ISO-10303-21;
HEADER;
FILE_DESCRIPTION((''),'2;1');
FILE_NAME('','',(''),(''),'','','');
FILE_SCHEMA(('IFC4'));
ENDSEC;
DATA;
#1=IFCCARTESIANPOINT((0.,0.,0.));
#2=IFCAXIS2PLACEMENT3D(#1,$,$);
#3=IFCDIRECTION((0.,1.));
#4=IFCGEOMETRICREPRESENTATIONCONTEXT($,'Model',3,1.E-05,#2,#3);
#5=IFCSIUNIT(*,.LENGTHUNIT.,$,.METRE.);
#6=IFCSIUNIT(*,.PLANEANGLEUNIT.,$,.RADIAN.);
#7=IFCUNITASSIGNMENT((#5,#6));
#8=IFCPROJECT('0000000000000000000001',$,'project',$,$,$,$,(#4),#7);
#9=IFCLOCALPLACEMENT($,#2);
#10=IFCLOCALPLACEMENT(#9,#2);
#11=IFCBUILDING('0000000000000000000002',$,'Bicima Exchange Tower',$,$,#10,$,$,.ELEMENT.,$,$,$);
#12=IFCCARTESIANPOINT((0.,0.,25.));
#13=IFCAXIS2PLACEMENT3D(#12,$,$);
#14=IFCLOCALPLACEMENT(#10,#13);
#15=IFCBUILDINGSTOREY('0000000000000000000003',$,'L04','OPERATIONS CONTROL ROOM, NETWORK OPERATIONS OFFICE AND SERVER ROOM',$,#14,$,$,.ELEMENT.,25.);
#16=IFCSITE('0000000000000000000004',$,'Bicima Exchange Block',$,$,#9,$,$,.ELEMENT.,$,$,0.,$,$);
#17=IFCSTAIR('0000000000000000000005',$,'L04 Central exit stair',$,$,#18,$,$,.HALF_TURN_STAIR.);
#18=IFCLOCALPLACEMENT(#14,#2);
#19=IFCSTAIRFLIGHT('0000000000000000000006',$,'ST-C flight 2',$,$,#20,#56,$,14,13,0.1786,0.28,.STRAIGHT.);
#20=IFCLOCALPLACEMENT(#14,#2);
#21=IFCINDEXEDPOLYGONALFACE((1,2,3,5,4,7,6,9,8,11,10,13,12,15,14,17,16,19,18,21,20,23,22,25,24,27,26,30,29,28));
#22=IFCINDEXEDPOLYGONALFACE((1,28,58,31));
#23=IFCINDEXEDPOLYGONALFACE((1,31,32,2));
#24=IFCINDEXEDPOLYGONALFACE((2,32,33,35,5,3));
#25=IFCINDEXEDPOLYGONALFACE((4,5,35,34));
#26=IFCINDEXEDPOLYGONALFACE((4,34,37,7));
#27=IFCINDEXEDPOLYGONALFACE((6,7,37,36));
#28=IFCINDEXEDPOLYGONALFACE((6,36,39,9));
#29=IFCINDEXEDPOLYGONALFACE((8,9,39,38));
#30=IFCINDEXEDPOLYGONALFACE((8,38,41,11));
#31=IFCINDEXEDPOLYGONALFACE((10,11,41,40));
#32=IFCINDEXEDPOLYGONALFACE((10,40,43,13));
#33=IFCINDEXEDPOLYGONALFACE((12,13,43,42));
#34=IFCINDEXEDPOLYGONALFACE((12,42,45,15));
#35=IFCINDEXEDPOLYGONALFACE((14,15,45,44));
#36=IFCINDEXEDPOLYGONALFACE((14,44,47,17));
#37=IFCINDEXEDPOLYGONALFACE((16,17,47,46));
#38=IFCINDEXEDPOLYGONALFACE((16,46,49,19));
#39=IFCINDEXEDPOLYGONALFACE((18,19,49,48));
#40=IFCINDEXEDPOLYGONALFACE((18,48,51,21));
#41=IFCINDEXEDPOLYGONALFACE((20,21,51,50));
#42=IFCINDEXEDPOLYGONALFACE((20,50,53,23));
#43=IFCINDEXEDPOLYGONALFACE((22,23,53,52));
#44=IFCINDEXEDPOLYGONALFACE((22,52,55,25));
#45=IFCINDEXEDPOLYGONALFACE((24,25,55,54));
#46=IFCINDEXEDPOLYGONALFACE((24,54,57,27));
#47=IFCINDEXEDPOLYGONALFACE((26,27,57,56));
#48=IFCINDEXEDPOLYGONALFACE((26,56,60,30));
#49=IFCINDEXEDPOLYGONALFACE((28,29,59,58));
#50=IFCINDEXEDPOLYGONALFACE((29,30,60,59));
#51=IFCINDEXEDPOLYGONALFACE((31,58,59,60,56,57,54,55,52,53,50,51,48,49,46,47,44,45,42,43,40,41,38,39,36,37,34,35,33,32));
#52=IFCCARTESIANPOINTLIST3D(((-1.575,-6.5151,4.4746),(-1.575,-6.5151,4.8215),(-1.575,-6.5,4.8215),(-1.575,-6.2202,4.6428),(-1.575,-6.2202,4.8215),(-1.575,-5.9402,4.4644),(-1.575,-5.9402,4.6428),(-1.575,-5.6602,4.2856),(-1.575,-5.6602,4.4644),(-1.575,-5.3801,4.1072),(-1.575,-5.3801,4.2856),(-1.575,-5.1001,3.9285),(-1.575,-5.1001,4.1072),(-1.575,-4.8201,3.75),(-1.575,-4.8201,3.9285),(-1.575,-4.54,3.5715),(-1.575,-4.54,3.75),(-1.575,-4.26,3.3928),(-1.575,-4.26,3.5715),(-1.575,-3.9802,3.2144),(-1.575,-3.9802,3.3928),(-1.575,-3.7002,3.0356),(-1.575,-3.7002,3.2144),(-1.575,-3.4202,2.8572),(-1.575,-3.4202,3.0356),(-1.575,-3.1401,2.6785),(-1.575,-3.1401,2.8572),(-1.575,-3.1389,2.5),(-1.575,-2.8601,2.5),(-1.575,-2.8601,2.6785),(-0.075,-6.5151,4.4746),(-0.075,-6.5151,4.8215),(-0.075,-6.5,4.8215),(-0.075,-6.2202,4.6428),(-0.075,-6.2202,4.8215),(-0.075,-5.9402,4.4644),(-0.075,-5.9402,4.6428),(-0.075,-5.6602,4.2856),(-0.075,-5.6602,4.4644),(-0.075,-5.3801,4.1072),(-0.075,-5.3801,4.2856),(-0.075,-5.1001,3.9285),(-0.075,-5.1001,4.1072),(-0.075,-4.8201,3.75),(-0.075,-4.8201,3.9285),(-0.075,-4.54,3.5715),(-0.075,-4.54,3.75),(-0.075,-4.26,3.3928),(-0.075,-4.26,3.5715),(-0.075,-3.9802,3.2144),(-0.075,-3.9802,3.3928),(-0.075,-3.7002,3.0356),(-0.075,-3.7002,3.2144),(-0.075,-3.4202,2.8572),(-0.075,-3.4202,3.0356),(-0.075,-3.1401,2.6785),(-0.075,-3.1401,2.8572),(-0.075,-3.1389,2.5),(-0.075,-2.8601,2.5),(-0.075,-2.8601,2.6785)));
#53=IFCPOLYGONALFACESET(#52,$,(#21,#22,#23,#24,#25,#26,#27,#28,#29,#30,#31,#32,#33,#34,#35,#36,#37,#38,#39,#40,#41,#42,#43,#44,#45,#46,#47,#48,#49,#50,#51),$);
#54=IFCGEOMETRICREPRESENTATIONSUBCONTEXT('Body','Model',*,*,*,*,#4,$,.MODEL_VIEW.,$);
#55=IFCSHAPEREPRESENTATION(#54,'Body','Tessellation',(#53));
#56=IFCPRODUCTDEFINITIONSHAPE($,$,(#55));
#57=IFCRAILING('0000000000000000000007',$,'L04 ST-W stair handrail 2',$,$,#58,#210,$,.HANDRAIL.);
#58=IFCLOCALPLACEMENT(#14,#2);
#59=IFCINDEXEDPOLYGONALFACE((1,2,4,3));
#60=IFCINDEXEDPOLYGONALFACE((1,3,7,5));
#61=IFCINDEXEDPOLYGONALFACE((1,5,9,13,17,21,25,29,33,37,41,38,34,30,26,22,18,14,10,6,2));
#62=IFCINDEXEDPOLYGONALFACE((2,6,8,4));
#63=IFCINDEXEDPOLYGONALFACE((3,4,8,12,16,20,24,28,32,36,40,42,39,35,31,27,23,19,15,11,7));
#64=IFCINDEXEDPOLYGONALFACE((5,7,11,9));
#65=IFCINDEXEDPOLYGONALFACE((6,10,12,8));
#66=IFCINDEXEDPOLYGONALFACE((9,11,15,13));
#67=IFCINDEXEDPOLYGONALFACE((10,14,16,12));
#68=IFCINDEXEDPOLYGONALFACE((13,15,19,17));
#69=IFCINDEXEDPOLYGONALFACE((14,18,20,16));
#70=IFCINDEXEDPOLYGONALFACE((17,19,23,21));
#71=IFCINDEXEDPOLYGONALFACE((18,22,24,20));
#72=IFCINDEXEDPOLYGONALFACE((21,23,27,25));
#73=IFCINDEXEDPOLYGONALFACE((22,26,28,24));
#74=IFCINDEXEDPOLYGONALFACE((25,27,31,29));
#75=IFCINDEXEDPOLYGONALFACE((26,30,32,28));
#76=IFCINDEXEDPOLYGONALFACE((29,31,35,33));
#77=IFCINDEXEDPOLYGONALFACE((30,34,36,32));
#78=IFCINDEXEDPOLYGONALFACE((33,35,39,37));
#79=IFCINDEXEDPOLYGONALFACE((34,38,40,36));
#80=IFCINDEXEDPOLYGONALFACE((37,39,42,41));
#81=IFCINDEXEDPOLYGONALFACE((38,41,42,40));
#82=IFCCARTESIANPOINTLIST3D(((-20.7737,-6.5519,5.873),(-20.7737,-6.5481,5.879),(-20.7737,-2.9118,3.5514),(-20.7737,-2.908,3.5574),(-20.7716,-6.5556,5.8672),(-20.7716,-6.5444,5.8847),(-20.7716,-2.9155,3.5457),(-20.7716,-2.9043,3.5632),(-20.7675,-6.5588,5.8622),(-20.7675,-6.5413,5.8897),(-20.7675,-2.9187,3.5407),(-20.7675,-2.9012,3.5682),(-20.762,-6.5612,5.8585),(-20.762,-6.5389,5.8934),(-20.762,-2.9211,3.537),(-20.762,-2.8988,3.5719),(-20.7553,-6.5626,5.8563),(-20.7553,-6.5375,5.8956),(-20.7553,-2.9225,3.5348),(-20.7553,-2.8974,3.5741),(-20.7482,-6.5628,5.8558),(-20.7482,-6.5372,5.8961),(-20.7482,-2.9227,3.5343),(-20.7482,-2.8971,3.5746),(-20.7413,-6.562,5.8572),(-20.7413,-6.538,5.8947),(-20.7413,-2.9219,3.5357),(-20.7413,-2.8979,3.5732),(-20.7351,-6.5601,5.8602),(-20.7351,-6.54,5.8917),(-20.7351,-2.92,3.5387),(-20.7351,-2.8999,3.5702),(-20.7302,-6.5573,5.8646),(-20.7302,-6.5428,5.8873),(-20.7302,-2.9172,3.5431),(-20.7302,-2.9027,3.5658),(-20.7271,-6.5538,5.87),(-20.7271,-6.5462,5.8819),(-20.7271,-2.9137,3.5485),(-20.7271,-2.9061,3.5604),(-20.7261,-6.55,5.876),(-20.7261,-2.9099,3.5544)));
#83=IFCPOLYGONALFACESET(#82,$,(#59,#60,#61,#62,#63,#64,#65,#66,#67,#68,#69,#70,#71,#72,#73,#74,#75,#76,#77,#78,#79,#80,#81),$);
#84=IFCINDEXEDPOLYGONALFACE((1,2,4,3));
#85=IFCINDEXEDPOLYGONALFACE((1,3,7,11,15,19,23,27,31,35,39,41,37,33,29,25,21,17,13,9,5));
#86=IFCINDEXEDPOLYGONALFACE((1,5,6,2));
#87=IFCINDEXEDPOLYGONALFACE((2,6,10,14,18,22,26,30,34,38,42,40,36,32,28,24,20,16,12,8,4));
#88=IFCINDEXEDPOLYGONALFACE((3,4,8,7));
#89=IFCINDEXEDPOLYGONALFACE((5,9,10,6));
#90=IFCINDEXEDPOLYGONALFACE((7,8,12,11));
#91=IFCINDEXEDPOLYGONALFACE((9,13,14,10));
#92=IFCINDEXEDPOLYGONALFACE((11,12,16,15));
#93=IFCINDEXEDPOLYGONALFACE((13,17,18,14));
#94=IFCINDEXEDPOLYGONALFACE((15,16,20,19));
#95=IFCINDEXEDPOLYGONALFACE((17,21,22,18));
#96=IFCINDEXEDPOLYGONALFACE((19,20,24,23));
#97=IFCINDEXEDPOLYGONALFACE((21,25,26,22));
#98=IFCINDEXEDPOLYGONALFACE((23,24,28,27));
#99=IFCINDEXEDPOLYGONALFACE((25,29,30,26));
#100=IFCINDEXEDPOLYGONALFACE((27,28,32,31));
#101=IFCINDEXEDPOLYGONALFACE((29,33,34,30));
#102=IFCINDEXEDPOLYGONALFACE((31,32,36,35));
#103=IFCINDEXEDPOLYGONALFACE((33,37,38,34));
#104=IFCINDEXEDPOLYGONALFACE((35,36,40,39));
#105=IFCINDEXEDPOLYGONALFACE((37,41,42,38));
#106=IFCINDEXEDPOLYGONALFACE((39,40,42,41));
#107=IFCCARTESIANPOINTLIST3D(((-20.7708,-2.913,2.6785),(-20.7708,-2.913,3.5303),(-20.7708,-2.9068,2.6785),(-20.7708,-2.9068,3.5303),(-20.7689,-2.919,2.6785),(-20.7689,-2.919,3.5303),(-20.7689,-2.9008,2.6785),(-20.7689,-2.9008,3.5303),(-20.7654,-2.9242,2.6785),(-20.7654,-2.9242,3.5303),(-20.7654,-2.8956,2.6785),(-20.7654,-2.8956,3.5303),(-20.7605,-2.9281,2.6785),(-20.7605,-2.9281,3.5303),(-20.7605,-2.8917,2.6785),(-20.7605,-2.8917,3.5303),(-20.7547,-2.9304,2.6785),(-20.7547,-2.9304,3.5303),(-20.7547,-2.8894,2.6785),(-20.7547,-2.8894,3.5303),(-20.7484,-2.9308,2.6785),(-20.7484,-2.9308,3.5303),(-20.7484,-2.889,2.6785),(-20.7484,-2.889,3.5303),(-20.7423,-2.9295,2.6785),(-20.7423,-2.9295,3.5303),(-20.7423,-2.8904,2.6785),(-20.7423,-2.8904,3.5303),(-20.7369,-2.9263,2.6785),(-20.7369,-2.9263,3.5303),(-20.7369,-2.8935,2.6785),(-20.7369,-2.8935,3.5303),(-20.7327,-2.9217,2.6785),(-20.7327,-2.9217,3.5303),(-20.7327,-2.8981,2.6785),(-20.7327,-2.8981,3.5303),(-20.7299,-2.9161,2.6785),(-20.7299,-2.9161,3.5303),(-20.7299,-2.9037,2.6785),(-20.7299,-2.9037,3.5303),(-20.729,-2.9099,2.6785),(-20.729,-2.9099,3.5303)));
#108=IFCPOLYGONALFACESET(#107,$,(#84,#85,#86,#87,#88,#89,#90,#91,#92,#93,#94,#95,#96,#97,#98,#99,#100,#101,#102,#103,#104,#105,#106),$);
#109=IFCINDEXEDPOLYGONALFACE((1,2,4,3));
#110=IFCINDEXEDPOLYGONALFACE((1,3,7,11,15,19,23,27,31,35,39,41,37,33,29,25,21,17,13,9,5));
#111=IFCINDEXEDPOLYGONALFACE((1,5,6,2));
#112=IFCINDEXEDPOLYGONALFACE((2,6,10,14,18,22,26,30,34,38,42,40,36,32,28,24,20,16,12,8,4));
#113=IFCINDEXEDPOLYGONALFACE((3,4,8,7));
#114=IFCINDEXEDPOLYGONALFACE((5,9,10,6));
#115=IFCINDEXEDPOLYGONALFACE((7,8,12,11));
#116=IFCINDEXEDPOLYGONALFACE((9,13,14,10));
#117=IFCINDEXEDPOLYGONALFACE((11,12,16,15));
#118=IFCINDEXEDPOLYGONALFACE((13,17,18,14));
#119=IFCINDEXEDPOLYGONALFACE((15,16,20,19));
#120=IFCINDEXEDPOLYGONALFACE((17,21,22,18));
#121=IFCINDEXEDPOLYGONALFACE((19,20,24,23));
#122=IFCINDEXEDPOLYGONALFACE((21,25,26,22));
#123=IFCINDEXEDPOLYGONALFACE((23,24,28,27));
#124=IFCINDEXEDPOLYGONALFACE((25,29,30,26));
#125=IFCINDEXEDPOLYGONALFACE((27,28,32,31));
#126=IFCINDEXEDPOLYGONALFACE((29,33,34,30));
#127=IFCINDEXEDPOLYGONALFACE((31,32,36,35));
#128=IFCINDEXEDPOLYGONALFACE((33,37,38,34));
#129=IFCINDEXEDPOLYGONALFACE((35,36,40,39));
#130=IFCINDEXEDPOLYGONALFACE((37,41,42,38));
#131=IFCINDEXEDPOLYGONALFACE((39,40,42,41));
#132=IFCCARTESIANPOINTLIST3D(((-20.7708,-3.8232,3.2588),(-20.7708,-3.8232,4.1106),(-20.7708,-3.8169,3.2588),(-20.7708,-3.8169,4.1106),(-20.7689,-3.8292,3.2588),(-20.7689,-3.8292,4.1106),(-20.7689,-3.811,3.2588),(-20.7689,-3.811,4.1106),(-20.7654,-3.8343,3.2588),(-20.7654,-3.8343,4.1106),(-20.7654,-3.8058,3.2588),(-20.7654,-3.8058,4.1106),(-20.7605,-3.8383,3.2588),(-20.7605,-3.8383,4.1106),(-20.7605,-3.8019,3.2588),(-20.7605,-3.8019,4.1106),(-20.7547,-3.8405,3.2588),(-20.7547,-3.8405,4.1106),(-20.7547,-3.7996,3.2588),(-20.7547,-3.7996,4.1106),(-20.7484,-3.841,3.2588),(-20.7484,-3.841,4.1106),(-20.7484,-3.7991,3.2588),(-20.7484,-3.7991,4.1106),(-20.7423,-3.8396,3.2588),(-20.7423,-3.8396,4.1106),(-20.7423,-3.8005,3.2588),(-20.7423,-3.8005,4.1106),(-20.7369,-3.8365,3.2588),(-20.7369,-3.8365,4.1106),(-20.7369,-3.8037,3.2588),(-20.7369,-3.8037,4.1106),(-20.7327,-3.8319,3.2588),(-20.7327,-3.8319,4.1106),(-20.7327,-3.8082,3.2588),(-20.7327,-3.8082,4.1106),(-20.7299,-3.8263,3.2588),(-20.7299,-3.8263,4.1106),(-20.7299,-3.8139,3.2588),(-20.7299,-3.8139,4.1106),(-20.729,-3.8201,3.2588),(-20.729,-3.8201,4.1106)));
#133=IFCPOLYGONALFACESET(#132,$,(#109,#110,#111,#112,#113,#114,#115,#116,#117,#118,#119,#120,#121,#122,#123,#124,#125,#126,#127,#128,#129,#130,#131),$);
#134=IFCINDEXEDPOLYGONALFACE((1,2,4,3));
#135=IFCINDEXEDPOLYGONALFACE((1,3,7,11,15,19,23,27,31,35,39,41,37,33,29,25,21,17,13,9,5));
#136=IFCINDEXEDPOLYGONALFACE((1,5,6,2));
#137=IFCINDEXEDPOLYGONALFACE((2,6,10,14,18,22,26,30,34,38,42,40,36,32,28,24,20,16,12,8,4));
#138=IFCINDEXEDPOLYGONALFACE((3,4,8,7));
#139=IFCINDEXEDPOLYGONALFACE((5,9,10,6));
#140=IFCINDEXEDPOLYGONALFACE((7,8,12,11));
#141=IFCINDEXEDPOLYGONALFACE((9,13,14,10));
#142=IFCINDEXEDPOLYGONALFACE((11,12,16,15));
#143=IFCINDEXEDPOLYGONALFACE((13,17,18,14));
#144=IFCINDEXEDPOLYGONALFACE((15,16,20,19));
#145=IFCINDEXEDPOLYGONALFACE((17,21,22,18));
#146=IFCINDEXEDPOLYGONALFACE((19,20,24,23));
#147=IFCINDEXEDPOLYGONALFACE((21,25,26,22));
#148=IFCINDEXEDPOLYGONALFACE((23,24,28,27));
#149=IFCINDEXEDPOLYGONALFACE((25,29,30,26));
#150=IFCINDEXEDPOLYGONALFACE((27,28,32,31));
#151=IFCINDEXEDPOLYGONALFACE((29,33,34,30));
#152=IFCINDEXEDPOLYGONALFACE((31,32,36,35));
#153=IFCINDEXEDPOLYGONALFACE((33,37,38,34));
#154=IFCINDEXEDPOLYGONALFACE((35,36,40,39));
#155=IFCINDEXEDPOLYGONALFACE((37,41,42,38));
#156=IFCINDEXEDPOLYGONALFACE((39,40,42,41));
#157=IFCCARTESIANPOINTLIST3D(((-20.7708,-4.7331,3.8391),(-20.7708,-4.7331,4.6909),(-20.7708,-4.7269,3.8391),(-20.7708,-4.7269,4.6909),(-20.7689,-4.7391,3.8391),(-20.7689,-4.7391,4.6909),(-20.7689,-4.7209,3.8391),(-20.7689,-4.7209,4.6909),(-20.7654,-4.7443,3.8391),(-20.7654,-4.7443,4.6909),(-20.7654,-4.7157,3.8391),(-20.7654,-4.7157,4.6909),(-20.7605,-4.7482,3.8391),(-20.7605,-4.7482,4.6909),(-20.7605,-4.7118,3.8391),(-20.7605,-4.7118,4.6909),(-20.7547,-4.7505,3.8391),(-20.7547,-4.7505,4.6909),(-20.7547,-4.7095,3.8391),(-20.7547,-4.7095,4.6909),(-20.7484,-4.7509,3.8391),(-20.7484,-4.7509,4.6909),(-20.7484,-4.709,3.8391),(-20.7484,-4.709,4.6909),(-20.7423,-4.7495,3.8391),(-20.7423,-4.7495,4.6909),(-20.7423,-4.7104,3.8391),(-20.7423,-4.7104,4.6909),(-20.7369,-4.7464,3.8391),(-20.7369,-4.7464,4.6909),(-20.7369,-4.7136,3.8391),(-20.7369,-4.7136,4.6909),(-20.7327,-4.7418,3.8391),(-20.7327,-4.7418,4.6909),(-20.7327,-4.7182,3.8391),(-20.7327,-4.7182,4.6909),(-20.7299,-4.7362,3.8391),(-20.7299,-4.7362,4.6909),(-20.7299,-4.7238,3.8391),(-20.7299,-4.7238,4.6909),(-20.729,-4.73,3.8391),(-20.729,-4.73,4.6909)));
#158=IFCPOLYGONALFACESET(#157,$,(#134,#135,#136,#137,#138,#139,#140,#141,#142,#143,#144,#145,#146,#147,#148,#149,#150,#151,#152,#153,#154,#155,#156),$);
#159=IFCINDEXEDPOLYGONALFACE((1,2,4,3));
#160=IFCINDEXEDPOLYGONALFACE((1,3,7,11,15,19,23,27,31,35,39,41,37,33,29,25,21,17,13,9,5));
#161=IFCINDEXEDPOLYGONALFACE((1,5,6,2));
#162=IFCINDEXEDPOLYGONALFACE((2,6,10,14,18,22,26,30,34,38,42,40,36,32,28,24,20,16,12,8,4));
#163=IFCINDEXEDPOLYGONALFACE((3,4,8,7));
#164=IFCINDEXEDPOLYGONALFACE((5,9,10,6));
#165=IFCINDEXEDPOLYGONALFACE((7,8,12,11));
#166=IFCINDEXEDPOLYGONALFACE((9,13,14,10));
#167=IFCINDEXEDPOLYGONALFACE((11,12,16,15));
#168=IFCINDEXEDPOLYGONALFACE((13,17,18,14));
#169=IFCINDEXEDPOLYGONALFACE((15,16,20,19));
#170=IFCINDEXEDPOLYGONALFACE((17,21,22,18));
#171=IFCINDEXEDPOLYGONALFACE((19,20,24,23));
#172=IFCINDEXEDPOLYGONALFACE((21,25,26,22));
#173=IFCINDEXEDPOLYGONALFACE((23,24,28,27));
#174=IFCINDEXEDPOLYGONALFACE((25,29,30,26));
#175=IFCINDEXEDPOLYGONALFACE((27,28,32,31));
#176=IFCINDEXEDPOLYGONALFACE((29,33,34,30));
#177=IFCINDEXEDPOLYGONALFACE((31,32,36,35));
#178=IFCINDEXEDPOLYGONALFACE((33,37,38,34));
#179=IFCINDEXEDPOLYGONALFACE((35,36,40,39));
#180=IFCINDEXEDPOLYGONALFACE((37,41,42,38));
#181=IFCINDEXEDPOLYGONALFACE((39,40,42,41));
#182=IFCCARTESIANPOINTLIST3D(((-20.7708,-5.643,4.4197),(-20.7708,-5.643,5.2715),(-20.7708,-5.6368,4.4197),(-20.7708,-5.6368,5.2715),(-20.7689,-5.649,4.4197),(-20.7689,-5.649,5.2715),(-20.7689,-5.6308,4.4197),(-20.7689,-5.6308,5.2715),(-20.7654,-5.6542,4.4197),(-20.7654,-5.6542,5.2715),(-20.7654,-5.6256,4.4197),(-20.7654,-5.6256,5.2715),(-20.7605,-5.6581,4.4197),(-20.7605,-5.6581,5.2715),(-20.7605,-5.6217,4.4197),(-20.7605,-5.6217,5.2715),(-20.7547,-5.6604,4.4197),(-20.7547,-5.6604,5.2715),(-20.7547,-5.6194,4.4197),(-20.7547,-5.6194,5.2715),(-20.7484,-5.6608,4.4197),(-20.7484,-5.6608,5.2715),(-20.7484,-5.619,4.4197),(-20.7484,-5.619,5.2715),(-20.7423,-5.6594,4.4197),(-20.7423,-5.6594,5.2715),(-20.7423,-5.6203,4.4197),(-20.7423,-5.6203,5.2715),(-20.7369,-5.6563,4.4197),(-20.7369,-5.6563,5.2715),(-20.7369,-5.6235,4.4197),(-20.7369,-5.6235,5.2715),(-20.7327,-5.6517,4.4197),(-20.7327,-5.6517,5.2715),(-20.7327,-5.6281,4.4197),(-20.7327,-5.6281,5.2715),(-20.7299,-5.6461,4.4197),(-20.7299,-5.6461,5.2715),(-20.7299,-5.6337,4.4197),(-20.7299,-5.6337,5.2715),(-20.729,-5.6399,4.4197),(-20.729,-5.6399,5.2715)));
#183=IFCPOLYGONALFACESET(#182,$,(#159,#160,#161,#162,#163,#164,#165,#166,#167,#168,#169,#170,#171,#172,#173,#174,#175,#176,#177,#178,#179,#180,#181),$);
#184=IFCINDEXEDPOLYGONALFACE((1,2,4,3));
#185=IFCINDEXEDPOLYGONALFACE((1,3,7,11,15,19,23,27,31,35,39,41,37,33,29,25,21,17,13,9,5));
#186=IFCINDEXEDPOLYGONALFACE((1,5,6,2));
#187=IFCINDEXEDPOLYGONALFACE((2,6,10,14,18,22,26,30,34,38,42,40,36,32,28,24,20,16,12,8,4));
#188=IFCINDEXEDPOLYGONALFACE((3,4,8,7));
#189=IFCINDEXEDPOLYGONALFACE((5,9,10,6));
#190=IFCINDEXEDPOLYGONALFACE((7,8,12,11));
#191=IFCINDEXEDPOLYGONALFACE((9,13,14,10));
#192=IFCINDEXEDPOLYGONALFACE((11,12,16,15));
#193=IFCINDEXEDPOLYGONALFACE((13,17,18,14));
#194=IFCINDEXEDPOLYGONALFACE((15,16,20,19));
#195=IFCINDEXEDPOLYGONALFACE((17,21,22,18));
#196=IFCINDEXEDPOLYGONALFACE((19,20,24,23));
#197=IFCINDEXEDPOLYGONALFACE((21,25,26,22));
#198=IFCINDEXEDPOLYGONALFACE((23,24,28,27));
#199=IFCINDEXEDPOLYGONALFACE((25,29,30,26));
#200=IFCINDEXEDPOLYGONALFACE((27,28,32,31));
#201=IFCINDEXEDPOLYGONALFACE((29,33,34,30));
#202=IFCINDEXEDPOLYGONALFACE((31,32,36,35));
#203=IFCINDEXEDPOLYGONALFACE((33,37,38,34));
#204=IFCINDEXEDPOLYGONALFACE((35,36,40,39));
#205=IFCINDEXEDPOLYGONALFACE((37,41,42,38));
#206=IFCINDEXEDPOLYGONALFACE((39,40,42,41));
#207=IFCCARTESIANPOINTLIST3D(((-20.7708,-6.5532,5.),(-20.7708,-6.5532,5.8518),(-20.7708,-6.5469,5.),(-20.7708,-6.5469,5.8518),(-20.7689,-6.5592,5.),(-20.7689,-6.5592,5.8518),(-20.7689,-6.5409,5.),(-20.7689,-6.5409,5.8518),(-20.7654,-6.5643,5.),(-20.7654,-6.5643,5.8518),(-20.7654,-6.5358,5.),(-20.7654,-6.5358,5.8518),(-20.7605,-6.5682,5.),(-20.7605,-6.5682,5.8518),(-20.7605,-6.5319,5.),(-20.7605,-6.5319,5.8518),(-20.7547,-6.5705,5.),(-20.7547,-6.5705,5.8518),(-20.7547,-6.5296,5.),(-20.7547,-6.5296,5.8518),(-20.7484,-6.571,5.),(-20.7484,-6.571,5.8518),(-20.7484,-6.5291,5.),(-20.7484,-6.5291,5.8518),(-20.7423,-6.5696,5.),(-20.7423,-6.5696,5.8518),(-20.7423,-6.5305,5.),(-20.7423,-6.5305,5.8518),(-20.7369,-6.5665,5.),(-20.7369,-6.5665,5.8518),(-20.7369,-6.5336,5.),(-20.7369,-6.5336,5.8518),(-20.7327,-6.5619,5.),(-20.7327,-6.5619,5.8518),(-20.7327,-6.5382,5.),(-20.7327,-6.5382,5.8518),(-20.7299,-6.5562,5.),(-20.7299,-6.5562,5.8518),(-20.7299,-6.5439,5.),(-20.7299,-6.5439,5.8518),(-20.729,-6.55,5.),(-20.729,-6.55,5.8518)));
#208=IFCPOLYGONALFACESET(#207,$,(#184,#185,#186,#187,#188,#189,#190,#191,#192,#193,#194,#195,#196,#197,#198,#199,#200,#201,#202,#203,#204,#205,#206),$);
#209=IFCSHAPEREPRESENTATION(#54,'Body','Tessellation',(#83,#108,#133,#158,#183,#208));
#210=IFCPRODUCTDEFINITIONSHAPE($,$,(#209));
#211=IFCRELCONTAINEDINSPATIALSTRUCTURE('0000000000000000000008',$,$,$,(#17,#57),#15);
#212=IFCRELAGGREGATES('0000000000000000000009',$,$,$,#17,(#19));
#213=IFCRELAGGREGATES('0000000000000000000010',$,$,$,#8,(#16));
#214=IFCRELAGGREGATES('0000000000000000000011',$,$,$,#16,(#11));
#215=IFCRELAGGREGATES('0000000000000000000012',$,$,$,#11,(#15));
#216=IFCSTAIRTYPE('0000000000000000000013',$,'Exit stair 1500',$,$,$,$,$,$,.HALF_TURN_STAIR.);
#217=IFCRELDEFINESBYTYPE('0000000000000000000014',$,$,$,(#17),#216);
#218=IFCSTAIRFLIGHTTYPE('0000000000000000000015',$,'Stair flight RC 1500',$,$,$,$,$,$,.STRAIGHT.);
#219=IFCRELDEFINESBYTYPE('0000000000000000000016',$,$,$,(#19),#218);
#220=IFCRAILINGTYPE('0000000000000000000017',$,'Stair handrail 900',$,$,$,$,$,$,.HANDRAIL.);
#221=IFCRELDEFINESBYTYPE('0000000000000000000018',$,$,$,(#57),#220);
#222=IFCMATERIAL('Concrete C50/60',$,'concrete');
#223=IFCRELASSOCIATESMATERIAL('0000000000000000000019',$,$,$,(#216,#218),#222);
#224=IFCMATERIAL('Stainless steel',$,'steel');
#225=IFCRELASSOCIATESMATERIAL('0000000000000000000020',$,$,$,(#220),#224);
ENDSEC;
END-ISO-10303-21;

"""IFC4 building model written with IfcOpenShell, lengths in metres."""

from ifc_helpers import new_model, si_unit, direction, frame, origin, origin_2d, place, context, subcontext, project, spatial, polyline, circle, outline, extrude, material, type_object, element, aggregate, save


model = new_model("IFC4")

# Units and contexts
model_context = context("Model", 3, precision=1e-05, world=origin(), true_north=direction((0.0, 1.0)))
body_context = subcontext(model_context, "Body", "Model", "MODEL_VIEW")
ifc_project = project(units=[si_unit("LENGTHUNIT", "METRE"), si_unit("PLANEANGLEUNIT", "RADIAN")], contexts=[model_context])

# Site, building, storey
site_placement = place(None, origin())
site = spatial("IfcSite", under=ifc_project, at=site_placement, Name="Bicima Exchange Block", CompositionType="ELEMENT", RefElevation=0.0)
building_placement = place(site_placement, origin())
building = spatial("IfcBuilding", under=site, at=building_placement, Name="Bicima Exchange Tower", CompositionType="ELEMENT")
storey_placement = place(building_placement, frame((0.0, 0.0, 25.0)))
storey = spatial("IfcBuildingStorey", under=building, at=storey_placement, Name="L04", Description="OPERATIONS CONTROL ROOM, NETWORK OPERATIONS OFFICE AND SERVER ROOM", CompositionType="ELEMENT", Elevation=25.0)

# Stair, stair flight
ifc_material_1 = material(Name="Concrete C50/60", Category="concrete")
stair_type_1 = type_object("IfcStairType", Name="Exit stair 1500", PredefinedType="HALF_TURN_STAIR", material=ifc_material_1)
stair_1_placement = place(storey_placement, origin())
stair_1 = element("IfcStair", 1, at=stair_1_placement, inside=storey, type_object=stair_type_1, Name="L04 Central exit stair", PredefinedType="HALF_TURN_STAIR")
stair_flight_type_1 = type_object("IfcStairFlightType", Name="Stair flight RC 1500", PredefinedType="STRAIGHT", material=ifc_material_1)
stair_flight_1_placement = place(storey_placement, frame((-0.825, -2.8601, 2.5), z_axis=(0.0, 0.0, 1.0), x_axis=(0.0, -1.0, 0.0)))
stair_flight_1 = element("IfcStairFlight", 2, at=stair_flight_1_placement, type_object=stair_flight_type_1, Name="ST-C flight 2", NumberOfRisers=14, NumberOfTreads=13, PredefinedType="STRAIGHT", RiserHeight=0.1786, TreadLength=0.28, context=body_context, shape_type="SweptSolid", body=[
    extrude(outline(polyline([(0.0, 0.0), (0.0, 0.1785), (0.28, 0.1785), (0.28, 0.3572), (0.5601, 0.3572), (0.5601, 0.5356), (0.8401, 0.5356), (0.8401, 0.7144), (1.1201, 0.7144), (1.1201, 0.8928), (1.3999, 0.8928), (1.3999, 1.0715), (1.6799, 1.0715), (1.6799, 1.25), (1.96, 1.25), (1.96, 1.4285), (2.24, 1.4285), (2.24, 1.6072), (2.52, 1.6072), (2.52, 1.7856), (2.8, 1.7856), (2.8, 1.9644), (3.0801, 1.9644), (3.0801, 2.1428), (3.3601, 2.1428), (3.3601, 2.3215), (3.6399, 2.3215), (3.655, 2.3215), (3.655, 1.9746), (0.2788, 0.0), (0.0, 0.0)])), frame((0.0, 0.75, 0.0), z_axis=(0.0, -1.0, 0.0), x_axis=(1.0, 0.0, 0.0)), (0.0, 0.0, 1.0), 1.5),
])
aggregate(stair_1, [stair_flight_1])

# Railing
ifc_material_2 = material(Name="Stainless steel", Category="steel")
railing_type = type_object("IfcRailingType", Name="Stair handrail 900", PredefinedType="HANDRAIL", material=ifc_material_2)
railing_1_placement = place(storey_placement, frame((-20.75, -2.9099, 2.6785)))
element("IfcRailing", 3, at=railing_1_placement, inside=storey, type_object=railing_type, Name="L04 ST-W stair handrail 2", PredefinedType="HANDRAIL", context=body_context, shape_type="SweptSolid", body=[
    extrude(circle(Radius=0.0239, at=origin_2d()), frame((0.0, 0.0, 0.876), z_axis=(0.0, -0.843128, 0.537713), x_axis=(1.0, 0.0, 0.0)), (0.0, 0.0, 1.0), 4.3174),
    extrude(circle(Radius=0.021, at=origin_2d()), origin(), (0.0, 0.0, 1.0), 0.8518),
    extrude(circle(Radius=0.021, at=origin_2d()), frame((0.0, -0.9102, 0.5803)), (0.0, 0.0, 1.0), 0.8518),
    extrude(circle(Radius=0.021, at=origin_2d()), frame((0.0, -1.8201, 1.1606)), (0.0, 0.0, 1.0), 0.8518),
    extrude(circle(Radius=0.021, at=origin_2d()), frame((0.0, -2.73, 1.7412)), (0.0, 0.0, 1.0), 0.8518),
    extrude(circle(Radius=0.021, at=origin_2d()), frame((0.0, -3.6401, 2.3215)), (0.0, 0.0, 1.0), 0.8518),
])

save(model, "model.ifc")
